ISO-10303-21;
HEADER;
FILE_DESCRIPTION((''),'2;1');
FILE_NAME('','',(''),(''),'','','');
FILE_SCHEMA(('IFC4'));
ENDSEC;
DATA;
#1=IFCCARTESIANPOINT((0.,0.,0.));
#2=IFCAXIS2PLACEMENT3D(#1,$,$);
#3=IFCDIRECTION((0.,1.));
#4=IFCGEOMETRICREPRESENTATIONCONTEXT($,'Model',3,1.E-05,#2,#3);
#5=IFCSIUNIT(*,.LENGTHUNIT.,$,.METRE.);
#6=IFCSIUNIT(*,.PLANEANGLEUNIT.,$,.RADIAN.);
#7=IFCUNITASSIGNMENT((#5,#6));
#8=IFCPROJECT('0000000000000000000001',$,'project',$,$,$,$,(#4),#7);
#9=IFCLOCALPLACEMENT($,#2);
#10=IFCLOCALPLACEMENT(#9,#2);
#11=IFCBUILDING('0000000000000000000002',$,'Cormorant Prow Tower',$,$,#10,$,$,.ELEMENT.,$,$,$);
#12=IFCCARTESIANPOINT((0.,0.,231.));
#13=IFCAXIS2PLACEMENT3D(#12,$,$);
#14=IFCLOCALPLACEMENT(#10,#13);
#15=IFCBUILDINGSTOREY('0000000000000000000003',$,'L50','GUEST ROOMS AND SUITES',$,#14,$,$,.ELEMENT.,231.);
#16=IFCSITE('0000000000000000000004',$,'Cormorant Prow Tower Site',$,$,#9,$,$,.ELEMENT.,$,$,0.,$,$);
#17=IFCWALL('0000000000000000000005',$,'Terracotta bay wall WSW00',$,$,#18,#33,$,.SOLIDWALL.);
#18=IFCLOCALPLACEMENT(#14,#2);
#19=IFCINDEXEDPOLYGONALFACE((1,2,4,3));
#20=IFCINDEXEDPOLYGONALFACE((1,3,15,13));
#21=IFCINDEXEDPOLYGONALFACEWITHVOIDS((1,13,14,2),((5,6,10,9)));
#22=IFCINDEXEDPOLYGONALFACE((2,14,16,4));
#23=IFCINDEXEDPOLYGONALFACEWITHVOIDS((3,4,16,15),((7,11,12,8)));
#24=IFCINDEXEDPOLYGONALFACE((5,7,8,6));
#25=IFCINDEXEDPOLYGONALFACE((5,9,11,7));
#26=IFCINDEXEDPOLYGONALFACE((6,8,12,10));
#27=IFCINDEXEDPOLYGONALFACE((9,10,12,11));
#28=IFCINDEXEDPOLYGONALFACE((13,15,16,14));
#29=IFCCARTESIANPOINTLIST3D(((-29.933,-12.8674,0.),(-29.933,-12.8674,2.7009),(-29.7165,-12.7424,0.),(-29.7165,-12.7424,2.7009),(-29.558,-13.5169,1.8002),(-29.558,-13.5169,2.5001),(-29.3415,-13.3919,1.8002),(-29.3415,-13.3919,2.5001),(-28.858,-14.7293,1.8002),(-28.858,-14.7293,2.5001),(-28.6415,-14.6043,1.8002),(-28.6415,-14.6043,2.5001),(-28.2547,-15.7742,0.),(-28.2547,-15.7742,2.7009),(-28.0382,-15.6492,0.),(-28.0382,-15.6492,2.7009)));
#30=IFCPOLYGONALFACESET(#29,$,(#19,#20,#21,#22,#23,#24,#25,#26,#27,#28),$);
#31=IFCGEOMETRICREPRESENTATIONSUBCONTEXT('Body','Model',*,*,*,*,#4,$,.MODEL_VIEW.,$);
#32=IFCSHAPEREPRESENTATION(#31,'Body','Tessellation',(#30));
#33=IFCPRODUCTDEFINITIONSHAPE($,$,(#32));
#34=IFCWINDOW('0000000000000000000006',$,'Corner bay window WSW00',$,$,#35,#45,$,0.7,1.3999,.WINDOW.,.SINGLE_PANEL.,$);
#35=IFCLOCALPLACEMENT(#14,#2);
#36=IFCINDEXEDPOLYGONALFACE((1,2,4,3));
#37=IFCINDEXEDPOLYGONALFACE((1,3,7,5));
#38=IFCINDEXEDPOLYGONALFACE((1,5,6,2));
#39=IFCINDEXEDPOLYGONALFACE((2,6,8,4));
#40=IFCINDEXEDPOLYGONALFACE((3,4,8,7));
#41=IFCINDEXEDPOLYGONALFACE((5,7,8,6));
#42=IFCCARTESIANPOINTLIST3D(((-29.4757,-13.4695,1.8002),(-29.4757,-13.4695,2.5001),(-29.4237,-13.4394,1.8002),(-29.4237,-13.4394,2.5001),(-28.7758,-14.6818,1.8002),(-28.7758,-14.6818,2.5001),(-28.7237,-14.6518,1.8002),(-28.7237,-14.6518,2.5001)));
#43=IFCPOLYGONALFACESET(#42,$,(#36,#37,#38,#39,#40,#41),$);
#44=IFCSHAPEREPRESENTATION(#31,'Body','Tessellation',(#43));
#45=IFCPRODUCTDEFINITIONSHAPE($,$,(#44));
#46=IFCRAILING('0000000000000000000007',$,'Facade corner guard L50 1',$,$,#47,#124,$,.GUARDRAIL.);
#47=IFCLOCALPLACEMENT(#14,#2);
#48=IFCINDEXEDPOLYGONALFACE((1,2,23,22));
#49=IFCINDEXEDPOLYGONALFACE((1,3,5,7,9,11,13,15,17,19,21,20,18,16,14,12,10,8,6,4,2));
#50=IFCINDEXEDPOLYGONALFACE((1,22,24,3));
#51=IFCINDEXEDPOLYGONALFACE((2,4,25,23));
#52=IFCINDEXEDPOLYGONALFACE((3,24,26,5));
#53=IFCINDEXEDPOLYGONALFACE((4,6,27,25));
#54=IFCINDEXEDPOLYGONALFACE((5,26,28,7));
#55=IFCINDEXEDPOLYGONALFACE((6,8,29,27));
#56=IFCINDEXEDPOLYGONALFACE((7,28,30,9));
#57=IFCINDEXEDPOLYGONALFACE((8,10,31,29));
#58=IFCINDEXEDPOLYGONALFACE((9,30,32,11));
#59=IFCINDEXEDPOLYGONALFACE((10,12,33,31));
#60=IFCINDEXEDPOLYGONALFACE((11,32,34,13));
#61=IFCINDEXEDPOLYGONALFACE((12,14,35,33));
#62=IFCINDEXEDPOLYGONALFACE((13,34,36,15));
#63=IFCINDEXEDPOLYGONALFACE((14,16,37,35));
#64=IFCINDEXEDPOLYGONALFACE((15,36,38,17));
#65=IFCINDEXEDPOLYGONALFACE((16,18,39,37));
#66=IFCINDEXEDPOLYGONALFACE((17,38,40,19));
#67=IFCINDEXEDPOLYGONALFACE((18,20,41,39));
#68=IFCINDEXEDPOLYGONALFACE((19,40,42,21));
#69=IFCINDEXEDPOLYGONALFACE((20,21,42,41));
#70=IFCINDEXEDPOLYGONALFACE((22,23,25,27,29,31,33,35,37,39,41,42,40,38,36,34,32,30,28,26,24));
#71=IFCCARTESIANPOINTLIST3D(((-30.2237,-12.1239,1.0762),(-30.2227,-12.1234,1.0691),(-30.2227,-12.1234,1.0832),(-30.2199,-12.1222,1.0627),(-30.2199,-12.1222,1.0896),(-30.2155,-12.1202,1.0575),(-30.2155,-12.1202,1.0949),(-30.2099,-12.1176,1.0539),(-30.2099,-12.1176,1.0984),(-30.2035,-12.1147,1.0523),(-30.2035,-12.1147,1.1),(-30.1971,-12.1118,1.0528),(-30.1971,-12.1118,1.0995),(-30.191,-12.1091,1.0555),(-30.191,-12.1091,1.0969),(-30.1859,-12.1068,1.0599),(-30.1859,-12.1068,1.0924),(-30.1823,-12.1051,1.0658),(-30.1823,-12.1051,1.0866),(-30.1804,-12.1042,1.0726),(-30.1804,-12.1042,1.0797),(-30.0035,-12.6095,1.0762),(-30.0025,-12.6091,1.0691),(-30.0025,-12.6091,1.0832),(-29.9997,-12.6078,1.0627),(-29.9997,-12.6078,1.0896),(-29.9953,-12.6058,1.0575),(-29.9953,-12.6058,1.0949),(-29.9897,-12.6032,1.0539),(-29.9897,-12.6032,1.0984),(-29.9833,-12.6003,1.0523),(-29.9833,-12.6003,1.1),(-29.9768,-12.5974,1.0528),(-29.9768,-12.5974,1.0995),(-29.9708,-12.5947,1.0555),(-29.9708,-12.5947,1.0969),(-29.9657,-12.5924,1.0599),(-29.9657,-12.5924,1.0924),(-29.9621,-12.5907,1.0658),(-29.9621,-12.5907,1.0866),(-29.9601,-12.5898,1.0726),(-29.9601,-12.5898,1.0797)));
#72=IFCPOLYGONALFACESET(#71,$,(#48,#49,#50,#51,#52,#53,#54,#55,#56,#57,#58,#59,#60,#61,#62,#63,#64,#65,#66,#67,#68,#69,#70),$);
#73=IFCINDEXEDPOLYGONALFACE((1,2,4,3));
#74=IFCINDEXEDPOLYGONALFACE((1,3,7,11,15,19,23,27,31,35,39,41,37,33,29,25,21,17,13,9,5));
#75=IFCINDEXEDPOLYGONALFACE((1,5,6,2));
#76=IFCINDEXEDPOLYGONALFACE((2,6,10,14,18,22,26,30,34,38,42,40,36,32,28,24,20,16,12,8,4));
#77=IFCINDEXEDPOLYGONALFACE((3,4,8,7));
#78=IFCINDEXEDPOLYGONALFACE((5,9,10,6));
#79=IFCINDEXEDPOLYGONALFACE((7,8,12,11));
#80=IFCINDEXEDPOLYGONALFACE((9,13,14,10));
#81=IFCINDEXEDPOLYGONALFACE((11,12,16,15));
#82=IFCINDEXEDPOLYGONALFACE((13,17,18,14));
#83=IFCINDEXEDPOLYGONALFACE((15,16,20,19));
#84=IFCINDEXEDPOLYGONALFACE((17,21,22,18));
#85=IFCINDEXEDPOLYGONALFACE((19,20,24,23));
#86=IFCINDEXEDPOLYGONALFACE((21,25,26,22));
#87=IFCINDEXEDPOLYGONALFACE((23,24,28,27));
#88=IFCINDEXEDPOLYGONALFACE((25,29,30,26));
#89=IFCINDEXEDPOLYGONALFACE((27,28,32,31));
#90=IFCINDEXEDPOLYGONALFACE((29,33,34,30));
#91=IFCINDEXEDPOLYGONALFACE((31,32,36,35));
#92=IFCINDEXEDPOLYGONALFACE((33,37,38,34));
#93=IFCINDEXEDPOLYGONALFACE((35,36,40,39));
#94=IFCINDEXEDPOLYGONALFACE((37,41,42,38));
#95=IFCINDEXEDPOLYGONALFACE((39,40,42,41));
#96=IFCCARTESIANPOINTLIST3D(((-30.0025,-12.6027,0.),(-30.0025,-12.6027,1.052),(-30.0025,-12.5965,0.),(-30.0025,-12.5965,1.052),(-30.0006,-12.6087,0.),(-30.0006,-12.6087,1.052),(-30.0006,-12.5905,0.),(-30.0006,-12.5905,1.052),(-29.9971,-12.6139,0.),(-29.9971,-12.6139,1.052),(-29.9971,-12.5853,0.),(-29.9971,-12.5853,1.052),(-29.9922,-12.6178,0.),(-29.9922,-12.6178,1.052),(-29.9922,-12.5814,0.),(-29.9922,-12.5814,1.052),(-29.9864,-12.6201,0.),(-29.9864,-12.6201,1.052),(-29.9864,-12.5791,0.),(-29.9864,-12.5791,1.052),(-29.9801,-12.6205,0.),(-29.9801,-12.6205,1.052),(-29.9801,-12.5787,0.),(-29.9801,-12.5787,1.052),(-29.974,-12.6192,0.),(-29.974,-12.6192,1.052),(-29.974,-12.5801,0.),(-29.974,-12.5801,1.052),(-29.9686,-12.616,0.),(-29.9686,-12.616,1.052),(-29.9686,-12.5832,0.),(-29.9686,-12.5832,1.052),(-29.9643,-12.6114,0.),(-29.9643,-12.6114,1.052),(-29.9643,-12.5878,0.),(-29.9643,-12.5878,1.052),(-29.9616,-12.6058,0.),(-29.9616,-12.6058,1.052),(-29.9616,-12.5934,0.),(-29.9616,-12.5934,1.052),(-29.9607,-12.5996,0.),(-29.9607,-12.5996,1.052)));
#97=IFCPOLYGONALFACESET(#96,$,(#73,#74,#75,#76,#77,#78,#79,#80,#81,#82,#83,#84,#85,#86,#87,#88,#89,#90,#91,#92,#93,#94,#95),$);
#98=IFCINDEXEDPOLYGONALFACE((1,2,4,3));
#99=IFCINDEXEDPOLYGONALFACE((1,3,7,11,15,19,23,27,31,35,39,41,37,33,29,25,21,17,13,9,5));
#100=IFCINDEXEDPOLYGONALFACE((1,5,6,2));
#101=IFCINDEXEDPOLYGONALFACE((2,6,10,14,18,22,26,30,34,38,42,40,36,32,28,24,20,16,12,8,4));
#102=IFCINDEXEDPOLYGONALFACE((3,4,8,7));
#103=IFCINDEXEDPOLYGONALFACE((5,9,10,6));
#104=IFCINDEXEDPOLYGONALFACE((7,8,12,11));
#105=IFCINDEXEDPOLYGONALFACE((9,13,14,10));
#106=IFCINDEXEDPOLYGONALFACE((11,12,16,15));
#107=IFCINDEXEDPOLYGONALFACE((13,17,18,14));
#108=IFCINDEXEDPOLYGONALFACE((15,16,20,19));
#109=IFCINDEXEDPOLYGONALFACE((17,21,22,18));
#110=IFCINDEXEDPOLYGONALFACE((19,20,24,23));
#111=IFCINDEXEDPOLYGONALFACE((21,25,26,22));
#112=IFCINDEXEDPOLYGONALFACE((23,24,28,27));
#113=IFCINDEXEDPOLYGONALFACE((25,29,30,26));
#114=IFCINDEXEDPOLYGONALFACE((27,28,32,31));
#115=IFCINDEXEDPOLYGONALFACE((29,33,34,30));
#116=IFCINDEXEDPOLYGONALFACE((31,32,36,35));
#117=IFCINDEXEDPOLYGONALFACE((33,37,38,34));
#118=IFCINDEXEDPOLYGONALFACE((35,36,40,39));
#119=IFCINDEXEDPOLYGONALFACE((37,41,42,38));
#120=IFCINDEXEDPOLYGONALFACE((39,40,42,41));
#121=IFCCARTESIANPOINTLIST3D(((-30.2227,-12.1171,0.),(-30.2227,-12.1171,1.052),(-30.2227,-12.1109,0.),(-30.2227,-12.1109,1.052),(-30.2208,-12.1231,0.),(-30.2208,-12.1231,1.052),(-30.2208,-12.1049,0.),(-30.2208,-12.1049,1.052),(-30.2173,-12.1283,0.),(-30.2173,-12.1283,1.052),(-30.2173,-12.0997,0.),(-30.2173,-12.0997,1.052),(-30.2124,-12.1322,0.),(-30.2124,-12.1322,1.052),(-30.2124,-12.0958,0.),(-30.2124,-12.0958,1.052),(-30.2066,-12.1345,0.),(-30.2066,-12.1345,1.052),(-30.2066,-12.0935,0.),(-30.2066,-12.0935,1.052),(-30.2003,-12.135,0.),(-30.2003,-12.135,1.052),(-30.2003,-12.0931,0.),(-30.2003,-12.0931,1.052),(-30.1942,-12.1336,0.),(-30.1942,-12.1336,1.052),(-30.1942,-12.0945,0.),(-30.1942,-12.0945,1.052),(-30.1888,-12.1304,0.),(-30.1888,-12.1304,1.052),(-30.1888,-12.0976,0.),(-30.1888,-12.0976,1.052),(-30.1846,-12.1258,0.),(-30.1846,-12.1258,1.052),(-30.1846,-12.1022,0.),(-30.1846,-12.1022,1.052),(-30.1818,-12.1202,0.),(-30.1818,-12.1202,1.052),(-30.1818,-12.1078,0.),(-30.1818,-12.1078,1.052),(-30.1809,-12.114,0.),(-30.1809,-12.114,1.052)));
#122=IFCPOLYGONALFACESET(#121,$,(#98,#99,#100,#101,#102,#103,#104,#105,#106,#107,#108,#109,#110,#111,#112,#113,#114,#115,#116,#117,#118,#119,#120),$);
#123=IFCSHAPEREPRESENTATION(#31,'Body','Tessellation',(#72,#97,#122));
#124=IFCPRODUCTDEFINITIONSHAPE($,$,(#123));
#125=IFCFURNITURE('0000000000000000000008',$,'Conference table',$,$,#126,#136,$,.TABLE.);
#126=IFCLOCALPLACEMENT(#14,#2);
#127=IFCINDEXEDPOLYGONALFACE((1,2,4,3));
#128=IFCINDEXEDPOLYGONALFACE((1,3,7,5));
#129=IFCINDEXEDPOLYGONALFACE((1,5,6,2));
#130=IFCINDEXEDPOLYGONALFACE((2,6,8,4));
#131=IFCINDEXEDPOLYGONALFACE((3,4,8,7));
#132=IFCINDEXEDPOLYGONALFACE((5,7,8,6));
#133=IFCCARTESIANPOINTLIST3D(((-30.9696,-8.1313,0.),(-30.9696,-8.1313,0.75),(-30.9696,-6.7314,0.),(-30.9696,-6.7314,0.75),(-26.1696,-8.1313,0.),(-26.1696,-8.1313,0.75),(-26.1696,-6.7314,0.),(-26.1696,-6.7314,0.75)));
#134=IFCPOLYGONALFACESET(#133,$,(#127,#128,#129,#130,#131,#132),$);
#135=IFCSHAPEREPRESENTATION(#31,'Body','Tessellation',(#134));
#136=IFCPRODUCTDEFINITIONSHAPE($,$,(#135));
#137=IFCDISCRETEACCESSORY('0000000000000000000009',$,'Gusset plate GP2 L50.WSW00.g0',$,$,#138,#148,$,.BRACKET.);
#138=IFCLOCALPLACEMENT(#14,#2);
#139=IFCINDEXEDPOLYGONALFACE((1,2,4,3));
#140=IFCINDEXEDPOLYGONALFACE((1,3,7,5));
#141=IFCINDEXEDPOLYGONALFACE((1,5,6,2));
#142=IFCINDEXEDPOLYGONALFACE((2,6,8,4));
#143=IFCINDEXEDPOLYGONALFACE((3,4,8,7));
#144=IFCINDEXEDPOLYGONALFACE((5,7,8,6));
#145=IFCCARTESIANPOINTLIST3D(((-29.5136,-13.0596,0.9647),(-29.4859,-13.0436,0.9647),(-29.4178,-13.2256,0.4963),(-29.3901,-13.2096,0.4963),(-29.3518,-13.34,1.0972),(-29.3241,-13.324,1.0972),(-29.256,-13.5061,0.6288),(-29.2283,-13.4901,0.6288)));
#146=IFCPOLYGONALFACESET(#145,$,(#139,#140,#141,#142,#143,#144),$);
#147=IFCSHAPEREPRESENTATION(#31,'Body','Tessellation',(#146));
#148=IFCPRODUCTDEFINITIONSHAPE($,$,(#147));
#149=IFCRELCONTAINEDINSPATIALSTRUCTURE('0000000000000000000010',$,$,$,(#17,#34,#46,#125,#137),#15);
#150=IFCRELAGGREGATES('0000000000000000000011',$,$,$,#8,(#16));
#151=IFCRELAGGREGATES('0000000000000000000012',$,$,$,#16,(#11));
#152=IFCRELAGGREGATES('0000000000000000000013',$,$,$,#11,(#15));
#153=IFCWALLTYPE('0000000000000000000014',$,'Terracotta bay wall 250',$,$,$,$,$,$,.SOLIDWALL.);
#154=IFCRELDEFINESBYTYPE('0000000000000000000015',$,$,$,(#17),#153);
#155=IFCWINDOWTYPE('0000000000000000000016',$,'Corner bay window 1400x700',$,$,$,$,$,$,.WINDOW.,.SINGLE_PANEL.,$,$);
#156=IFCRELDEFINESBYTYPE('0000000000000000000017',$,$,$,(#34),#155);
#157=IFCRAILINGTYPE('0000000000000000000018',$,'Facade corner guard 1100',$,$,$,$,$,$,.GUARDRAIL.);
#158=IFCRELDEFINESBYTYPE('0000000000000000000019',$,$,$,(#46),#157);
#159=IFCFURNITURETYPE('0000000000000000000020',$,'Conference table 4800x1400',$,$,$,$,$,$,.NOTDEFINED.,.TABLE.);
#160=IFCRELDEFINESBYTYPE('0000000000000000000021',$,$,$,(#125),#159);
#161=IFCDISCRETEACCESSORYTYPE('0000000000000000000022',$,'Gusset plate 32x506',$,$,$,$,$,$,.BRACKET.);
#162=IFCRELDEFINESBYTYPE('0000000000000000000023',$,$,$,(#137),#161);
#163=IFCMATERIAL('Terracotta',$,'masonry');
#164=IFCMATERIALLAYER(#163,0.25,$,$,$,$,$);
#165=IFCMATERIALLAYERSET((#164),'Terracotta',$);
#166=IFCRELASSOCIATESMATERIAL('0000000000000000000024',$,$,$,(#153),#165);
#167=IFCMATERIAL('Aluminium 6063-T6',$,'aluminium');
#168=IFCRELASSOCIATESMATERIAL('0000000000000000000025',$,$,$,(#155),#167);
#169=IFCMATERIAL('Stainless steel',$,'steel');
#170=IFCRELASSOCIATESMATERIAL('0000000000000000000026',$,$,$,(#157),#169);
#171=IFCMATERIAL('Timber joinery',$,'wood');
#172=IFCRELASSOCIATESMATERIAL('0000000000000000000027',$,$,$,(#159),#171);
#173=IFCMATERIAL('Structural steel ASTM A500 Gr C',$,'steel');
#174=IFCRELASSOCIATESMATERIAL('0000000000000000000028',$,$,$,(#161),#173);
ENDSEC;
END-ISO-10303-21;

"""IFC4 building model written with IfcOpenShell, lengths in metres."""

from ifc_helpers import new_model, si_unit, direction, frame, frame_2d, origin, origin_2d, place, context, subcontext, project, spatial, rectangle, circle, extrude, material, layer, layer_set, material_profile, profile_set, type_object, element, fill, save


model = new_model("IFC4")

# Units and contexts
model_context = context("Model", 3, precision=1e-05, world=origin(), true_north=direction((0.0, 1.0)))
body_context = subcontext(model_context, "Body", "Model", "MODEL_VIEW")
ifc_project = project(units=[si_unit("LENGTHUNIT", "METRE"), si_unit("PLANEANGLEUNIT", "RADIAN")], contexts=[model_context])

# Site, building, storey
site_placement = place(None, origin())
site = spatial("IfcSite", under=ifc_project, at=site_placement, Name="Cormorant Prow Tower Site", CompositionType="ELEMENT", RefElevation=0.0)
building_placement = place(site_placement, origin())
building = spatial("IfcBuilding", under=site, at=building_placement, Name="Cormorant Prow Tower", CompositionType="ELEMENT")
storey_placement = place(building_placement, frame((0.0, 0.0, 231.0)))
storey = spatial("IfcBuildingStorey", under=building, at=storey_placement, Name="L50", Description="GUEST ROOMS AND SUITES", CompositionType="ELEMENT", Elevation=231.0)

# Wall, opening, window
ifc_material_1 = material(Name="Terracotta", Category="masonry")
ifc_layer_1 = layer(ifc_material_1, 0.25)
ifc_layer_set_1 = layer_set([ifc_layer_1], Name="Terracotta")
wall_type_1 = type_object("IfcWallType", Name="Terracotta bay wall 250", PredefinedType="SOLIDWALL", material=ifc_layer_set_1)
wall_1_placement = place(storey_placement, frame((-29.8247, -12.8049, 0.0), z_axis=(0.0, 0.0, 1.0), x_axis=(0.500004, -0.866023, 0.0)))
wall_1 = element("IfcWall", 1, at=wall_1_placement, inside=storey, type_object=wall_type_1, Name="Terracotta bay wall WSW00", PredefinedType="SOLIDWALL", context=body_context, shape_type="SweptSolid", body=[
    extrude(rectangle(XDim=3.3564, YDim=0.25, at=frame_2d((1.6782, 0.0))), origin(), (0.0, 0.0, 1.0), 2.7009),
])
opening_1_placement = place(wall_1_placement, frame((0.75, 0.0, 1.8)))
opening_1 = element("IfcOpeningElement", 2, at=opening_1_placement, cuts=wall_1, PredefinedType="OPENING", context=body_context, shape_type="SweptSolid", body=[
    extrude(rectangle(XDim=1.3999, YDim=0.7, at=frame_2d((0.7, 0.3501))), frame((0.0, 0.135, 0.0), z_axis=(0.0, -1.0, 0.0), x_axis=(1.0, 0.0, 0.0)), (0.0, 0.0, 1.0), 0.27),
])
ifc_material_2 = material(Name="Aluminium 6063-T6", Category="aluminium")
window_type = type_object("IfcWindowType", Name="Corner bay window 1400x700", PartitioningType="SINGLE_PANEL", PredefinedType="WINDOW", material=ifc_material_2)
window_placement = place(opening_1_placement, origin())
window = element("IfcWindow", 3, at=window_placement, inside=storey, type_object=window_type, Name="Corner bay window WSW00", OverallHeight=0.7, OverallWidth=1.3999, PartitioningType="SINGLE_PANEL", PredefinedType="WINDOW", context=body_context, shape_type="SweptSolid", body=[
    extrude(rectangle(XDim=1.3999, YDim=0.7, at=frame_2d((0.7, 0.3501))), frame((0.0, 0.03, 0.0), z_axis=(0.0, -1.0, 0.0), x_axis=(1.0, 0.0, 0.0)), (0.0, 0.0, 1.0), 0.0601),
])
fill(opening_1, window)

# Railing
ifc_material_3 = material(Name="Stainless steel", Category="steel")
railing_type = type_object("IfcRailingType", Name="Facade corner guard 1100", PredefinedType="GUARDRAIL", material=ifc_material_3)
railing_placement = place(storey_placement, frame((-29.9817, -12.5996, 0.0)))
element("IfcRailing", 4, at=railing_placement, inside=storey, type_object=railing_type, Name="Facade corner guard L50 1", PredefinedType="GUARDRAIL", context=body_context, shape_type="SweptSolid", body=[
    extrude(circle(Radius=0.0239, at=origin_2d()), frame((0.0, 0.0, 1.0762), z_axis=(-0.413009, 0.910727, 0.0), x_axis=(-0.910727, -0.413009, 0.0)), (0.0, 0.0, 1.0), 0.5332),
    extrude(circle(Radius=0.021, at=origin_2d()), origin(), (0.0, 0.0, 1.0), 1.052),
    extrude(circle(Radius=0.021, at=origin_2d()), frame((-0.2202, 0.4856, 0.0)), (0.0, 0.0, 1.0), 1.052),
])

# Furniture
ifc_material_4 = material(Name="Timber joinery", Category="wood")
furniture_type = type_object("IfcFurnitureType", Name="Conference table 4800x1400", AssemblyPlace="NOTDEFINED", PredefinedType="TABLE", material=ifc_material_4)
furniture_placement = place(storey_placement, frame((-28.5696, -7.4314, 0.0), z_axis=(0.0, 0.0, 1.0), x_axis=(1.0, 0.0, 0.0)))
element("IfcFurniture", 5, at=furniture_placement, inside=storey, type_object=furniture_type, Name="Conference table", PredefinedType="TABLE", context=body_context, shape_type="SweptSolid", body=[
    extrude(rectangle(XDim=4.8, YDim=1.3999, at=origin_2d()), origin(), (0.0, 0.0, 1.0), 0.75),
])

# Discrete accessory
ifc_material_5 = material(Name="Structural steel ASTM A500 Gr C", Category="steel")
ifc_material_profile_1 = material_profile(ifc_material_5, rectangle(XDim=0.032, YDim=0.5061, at=origin_2d()), Name="Gusset plate 32x506")
ifc_profile_set_1 = profile_set([ifc_material_profile_1], Name="Structural steel ASTM A500 Gr C")
discrete_accessory_type = type_object("IfcDiscreteAccessoryType", Name="Gusset plate 32x506", PredefinedType="BRACKET", material=ifc_profile_set_1)
discrete_accessory_placement = place(storey_placement, frame((-29.29, -13.415, 0.863), z_axis=(-0.462538, 0.801594, -0.378821), x_axis=(-0.866148, -0.499788, 0.0)))
element("IfcDiscreteAccessory", 6, at=discrete_accessory_placement, inside=storey, type_object=discrete_accessory_type, Name="Gusset plate GP2 L50.WSW00.g0", PredefinedType="BRACKET", context=body_context, shape_type="SweptSolid", body=[
    extrude(rectangle(XDim=0.032, YDim=0.5061, at=origin_2d()), origin(), (0.0, 0.0, 1.0), 0.3499),
])

save(model, "model.ifc")
